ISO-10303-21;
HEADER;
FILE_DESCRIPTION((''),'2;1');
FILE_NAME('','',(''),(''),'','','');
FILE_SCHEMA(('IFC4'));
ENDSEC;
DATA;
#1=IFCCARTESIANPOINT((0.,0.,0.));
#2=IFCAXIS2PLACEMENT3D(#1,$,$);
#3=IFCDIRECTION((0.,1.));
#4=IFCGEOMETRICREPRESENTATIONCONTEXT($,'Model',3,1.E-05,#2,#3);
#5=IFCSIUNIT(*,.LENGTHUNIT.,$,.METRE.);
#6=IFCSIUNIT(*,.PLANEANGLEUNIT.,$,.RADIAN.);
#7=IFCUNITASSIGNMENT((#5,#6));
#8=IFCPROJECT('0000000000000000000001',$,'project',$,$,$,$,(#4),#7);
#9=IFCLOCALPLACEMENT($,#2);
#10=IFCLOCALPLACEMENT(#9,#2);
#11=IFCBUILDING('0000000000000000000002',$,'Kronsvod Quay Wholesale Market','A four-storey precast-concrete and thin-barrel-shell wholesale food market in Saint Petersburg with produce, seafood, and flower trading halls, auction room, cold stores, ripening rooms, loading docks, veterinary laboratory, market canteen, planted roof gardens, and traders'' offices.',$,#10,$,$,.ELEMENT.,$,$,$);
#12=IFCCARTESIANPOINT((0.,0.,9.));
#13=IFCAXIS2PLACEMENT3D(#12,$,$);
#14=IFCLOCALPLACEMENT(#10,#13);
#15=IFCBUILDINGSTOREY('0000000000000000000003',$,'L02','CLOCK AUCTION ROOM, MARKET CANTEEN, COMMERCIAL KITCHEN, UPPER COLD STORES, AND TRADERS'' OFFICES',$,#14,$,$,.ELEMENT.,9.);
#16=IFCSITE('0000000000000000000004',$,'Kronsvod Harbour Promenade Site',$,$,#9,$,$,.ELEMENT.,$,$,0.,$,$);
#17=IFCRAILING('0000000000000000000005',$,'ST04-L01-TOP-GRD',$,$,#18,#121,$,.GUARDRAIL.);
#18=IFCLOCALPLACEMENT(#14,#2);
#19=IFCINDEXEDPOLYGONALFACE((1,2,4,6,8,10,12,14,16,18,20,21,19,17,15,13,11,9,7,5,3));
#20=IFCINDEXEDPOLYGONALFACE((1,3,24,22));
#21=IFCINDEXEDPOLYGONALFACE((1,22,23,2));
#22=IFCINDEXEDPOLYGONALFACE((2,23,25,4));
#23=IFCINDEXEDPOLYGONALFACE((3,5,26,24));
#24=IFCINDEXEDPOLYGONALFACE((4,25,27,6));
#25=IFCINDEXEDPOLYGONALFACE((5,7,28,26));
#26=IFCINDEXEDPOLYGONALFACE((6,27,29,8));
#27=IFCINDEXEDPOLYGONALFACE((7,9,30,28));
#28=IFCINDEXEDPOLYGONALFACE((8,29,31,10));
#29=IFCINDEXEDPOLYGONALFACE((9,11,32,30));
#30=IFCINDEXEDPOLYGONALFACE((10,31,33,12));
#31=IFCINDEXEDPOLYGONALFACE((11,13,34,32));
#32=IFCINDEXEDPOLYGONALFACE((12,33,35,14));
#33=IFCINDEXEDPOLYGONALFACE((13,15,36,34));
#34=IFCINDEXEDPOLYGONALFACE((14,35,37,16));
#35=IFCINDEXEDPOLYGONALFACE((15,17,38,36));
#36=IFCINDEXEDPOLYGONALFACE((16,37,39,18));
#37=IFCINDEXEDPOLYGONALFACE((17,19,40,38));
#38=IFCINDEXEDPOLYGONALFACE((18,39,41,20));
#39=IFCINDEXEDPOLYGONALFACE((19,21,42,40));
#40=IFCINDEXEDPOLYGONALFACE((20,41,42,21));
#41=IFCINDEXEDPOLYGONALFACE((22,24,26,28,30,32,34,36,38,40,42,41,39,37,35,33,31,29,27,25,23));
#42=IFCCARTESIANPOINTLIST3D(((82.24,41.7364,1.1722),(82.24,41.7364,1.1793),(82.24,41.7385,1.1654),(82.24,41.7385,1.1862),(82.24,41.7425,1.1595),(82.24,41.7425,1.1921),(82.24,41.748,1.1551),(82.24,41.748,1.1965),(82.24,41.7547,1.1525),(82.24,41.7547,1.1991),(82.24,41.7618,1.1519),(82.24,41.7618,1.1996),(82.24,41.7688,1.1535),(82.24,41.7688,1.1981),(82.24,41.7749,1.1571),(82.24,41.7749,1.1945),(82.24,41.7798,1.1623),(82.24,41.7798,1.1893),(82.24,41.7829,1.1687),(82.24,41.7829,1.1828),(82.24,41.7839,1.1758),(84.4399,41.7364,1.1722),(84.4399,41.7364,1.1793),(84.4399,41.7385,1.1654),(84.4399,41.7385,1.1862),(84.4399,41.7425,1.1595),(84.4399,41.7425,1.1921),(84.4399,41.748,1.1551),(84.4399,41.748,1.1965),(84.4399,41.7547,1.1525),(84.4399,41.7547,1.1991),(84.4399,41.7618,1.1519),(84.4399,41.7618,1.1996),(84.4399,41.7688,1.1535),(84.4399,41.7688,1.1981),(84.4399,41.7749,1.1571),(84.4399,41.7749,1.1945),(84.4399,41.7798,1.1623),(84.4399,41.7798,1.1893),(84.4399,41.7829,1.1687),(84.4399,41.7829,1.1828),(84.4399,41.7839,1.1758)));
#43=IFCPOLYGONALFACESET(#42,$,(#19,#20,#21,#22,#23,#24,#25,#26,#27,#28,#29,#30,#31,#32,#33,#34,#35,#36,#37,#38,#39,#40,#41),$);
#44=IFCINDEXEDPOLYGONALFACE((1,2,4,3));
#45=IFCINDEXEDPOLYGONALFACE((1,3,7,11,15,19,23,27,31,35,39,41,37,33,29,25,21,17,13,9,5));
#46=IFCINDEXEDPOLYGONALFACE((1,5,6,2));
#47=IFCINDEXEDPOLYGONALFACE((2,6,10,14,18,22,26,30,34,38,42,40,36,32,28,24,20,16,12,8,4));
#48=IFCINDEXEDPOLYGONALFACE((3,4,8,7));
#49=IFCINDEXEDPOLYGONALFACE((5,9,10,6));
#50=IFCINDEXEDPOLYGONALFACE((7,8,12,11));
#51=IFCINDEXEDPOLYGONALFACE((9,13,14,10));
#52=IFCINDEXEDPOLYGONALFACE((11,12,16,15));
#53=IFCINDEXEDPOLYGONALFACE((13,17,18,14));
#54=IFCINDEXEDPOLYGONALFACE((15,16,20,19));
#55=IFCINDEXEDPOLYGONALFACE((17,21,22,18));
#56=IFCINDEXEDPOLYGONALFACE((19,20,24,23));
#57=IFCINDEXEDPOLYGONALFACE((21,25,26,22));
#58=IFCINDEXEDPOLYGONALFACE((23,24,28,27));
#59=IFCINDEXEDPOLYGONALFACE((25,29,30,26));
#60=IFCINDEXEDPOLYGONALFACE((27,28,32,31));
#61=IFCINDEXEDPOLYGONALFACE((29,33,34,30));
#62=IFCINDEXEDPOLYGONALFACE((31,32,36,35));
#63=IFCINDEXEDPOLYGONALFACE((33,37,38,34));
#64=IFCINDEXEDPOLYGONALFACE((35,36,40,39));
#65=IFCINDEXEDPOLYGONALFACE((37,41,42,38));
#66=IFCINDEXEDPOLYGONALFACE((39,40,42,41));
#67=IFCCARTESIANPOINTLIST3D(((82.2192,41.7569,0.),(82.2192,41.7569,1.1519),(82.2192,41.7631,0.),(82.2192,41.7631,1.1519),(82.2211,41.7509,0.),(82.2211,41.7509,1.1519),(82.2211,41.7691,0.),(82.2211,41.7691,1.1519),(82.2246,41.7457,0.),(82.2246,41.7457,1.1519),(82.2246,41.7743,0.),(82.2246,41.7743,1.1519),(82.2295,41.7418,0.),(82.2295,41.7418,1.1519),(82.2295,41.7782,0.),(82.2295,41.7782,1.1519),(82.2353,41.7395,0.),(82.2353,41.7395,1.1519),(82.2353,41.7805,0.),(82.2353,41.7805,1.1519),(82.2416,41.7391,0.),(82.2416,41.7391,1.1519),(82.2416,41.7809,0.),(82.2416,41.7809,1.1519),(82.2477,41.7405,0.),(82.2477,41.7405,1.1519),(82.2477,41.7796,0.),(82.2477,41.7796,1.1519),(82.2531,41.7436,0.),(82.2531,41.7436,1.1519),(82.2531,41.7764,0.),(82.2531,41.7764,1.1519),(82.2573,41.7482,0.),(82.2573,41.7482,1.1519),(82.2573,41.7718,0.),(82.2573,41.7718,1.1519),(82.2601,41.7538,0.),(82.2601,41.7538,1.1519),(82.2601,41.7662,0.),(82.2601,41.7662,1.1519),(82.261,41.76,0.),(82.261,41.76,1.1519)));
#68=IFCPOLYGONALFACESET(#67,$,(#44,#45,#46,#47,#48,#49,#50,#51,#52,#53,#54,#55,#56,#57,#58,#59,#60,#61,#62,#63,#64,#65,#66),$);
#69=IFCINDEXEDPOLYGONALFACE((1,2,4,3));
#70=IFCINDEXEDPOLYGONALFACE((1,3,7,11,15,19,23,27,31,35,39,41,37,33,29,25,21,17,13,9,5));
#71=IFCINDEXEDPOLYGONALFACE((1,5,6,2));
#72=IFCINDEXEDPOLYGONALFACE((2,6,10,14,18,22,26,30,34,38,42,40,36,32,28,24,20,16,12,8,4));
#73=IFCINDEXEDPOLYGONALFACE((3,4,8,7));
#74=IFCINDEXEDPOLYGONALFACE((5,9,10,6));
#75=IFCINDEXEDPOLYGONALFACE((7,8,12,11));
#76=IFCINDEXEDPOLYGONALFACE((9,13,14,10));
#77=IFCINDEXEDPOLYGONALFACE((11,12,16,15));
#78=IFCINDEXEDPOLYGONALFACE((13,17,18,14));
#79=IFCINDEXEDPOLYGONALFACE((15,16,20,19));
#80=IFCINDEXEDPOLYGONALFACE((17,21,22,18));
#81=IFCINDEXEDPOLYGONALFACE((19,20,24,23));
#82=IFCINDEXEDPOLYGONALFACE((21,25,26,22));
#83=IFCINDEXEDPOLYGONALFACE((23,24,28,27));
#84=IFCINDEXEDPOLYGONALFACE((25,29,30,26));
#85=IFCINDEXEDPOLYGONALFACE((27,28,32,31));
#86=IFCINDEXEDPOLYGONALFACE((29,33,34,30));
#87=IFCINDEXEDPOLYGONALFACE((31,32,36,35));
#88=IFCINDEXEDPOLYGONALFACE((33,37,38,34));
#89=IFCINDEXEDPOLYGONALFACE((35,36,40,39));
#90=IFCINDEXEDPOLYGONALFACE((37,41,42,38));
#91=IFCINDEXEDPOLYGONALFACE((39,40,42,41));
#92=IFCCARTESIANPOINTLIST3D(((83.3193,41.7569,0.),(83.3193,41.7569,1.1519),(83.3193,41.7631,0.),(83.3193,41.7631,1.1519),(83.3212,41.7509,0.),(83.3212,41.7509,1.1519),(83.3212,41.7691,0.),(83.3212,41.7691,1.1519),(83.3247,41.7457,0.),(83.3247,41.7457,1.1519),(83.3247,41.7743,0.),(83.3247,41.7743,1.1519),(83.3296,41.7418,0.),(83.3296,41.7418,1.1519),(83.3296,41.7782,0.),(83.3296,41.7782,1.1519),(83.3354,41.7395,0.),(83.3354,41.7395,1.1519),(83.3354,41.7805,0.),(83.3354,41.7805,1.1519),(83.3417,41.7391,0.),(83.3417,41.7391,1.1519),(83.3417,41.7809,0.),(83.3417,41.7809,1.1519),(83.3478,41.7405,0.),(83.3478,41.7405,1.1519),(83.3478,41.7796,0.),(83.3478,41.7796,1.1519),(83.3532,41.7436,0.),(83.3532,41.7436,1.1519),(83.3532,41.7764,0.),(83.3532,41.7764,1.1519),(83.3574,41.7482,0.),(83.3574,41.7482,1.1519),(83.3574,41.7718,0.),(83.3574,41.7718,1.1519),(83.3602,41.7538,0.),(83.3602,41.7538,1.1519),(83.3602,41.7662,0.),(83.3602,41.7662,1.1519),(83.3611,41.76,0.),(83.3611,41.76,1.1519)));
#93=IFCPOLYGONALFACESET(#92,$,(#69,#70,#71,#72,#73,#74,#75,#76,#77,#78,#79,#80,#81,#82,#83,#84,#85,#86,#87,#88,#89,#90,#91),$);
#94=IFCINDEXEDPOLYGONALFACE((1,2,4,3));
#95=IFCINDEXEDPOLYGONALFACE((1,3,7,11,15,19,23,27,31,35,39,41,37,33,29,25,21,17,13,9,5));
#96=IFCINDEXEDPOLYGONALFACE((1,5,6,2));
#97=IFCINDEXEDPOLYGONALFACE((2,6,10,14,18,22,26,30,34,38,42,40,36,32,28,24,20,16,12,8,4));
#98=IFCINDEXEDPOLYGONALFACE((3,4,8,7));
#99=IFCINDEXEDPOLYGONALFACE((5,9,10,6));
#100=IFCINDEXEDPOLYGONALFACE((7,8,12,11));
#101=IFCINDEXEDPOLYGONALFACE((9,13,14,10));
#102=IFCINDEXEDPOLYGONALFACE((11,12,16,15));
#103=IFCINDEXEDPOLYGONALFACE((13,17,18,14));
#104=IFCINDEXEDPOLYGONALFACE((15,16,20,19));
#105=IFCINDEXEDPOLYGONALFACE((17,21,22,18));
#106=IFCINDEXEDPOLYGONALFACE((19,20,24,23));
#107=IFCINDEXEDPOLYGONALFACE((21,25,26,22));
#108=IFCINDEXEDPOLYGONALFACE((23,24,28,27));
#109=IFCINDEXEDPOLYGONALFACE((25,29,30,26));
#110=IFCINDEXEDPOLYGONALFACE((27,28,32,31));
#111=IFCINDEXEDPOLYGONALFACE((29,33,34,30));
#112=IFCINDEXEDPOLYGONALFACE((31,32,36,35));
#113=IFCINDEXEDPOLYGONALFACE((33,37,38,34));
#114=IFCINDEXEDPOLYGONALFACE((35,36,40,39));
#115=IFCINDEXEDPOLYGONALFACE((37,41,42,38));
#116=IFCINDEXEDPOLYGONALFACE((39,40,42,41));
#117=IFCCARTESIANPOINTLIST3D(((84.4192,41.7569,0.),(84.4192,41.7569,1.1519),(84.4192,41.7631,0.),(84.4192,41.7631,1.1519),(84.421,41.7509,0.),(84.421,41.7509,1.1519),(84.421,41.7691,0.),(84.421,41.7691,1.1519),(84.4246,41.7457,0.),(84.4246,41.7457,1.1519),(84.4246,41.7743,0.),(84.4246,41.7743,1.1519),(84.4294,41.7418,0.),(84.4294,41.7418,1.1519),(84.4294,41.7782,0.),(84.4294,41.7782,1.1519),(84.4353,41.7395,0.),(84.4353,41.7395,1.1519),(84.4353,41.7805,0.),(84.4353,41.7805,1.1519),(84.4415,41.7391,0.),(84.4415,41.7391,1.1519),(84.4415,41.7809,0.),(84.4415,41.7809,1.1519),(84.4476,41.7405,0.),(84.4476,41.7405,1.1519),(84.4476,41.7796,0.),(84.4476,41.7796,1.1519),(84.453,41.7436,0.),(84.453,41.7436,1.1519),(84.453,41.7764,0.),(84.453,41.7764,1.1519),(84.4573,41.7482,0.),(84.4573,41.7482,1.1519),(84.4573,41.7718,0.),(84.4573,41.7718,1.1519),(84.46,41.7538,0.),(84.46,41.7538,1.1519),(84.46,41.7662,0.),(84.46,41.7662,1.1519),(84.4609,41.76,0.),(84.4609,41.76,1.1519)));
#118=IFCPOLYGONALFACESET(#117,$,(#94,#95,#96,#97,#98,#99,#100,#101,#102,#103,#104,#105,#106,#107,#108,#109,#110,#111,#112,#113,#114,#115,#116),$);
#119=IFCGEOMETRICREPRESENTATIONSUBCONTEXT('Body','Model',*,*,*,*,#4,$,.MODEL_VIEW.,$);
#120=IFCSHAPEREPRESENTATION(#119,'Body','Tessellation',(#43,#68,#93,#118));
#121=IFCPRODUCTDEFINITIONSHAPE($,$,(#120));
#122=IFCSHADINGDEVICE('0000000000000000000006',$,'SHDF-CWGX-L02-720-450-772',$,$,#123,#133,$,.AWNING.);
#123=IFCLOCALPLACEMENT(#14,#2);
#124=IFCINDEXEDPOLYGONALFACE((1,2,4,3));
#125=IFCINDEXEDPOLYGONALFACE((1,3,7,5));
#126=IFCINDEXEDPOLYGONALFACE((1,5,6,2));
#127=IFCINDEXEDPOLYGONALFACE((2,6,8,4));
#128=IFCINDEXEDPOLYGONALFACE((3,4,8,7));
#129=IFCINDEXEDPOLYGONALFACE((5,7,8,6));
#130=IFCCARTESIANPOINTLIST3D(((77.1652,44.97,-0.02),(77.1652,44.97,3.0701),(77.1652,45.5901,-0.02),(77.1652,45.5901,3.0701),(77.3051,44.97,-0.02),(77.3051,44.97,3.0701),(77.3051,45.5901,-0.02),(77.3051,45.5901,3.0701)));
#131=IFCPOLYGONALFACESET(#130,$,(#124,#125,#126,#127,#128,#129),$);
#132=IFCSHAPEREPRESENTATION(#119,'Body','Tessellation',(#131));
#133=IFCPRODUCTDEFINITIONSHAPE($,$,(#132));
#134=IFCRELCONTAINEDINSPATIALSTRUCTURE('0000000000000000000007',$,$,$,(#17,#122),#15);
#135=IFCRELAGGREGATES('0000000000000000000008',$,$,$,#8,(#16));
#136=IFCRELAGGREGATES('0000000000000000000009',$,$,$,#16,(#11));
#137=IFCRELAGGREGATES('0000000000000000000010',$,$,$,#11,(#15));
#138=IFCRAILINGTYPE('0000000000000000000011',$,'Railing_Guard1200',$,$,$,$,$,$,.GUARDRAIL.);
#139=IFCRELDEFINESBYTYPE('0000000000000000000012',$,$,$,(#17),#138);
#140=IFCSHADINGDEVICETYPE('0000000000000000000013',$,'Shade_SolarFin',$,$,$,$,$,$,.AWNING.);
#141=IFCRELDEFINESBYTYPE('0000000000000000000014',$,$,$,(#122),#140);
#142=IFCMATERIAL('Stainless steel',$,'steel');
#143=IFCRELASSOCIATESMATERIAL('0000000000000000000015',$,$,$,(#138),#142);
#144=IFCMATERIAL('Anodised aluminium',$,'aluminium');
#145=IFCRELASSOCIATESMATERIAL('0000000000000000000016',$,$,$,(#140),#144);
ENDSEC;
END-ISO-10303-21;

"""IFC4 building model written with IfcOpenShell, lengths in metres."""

from ifc_helpers import new_model, si_unit, direction, frame, origin, origin_2d, place, context, subcontext, project, spatial, rectangle, circle, extrude, material, type_object, element, save


model = new_model("IFC4")

# Units and contexts
model_context = context("Model", 3, precision=1e-05, world=origin(), true_north=direction((0.0, 1.0)))
body_context = subcontext(model_context, "Body", "Model", "MODEL_VIEW")
ifc_project = project(units=[si_unit("LENGTHUNIT", "METRE"), si_unit("PLANEANGLEUNIT", "RADIAN")], contexts=[model_context])

# Site, building, storey
site_placement = place(None, origin())
site = spatial("IfcSite", under=ifc_project, at=site_placement, Name="Kronsvod Harbour Promenade Site", CompositionType="ELEMENT", RefElevation=0.0)
building_placement = place(site_placement, origin())
building = spatial("IfcBuilding", under=site, at=building_placement, Name="Kronsvod Quay Wholesale Market", Description="A four-storey precast-concrete and thin-barrel-shell wholesale food market in Saint Petersburg with produce, seafood, and flower trading halls, auction room, cold stores, ripening rooms, loading docks, veterinary laboratory, market canteen, planted roof gardens, and traders' offices.", CompositionType="ELEMENT")
storey_placement = place(building_placement, frame((0.0, 0.0, 9.0)))
storey = spatial("IfcBuildingStorey", under=building, at=storey_placement, Name="L02", Description="CLOCK AUCTION ROOM, MARKET CANTEEN, COMMERCIAL KITCHEN, UPPER COLD STORES, AND TRADERS' OFFICES", CompositionType="ELEMENT", Elevation=9.0)

# Railing
ifc_material_1 = material(Name="Stainless steel", Category="steel")
railing_type = type_object("IfcRailingType", Name="Railing_Guard1200", PredefinedType="GUARDRAIL", material=ifc_material_1)
railing_placement = place(storey_placement, frame((82.24, 41.76, 0.0)))
element("IfcRailing", 1, at=railing_placement, inside=storey, type_object=railing_type, Name="ST04-L01-TOP-GRD", PredefinedType="GUARDRAIL", context=body_context, shape_type="SweptSolid", body=[
    extrude(circle(Radius=0.0239, at=origin_2d()), frame((0.0, 0.0, 1.1758), z_axis=(1.0, 0.0, 0.0), x_axis=(0.0, 1.0, 0.0)), (0.0, 0.0, 1.0), 2.2),
    extrude(circle(Radius=0.021, at=origin_2d()), origin(), (0.0, 0.0, 1.0), 1.1519),
    extrude(circle(Radius=0.021, at=origin_2d()), frame((1.1001, 0.0, 0.0)), (0.0, 0.0, 1.0), 1.1519),
    extrude(circle(Radius=0.021, at=origin_2d()), frame((2.2, 0.0, 0.0)), (0.0, 0.0, 1.0), 1.1519),
])

# Shading device
ifc_material_2 = material(Name="Anodised aluminium", Category="aluminium")
shading_device_type = type_object("IfcShadingDeviceType", Name="Shade_SolarFin", PredefinedType="AWNING", material=ifc_material_2)
shading_device_placement = place(storey_placement, frame((77.2351, 45.28, -0.02), z_axis=(0.0, 0.0, 1.0), x_axis=(1.0, 0.0, 0.0)))
element("IfcShadingDevice", 2, at=shading_device_placement, inside=storey, type_object=shading_device_type, Name="SHDF-CWGX-L02-720-450-772", PredefinedType="AWNING", context=body_context, shape_type="SweptSolid", body=[
    extrude(rectangle(XDim=0.1399, YDim=0.6201, at=origin_2d()), origin(), (0.0, 0.0, 1.0), 3.0901),
])

save(model, "model.ifc")
